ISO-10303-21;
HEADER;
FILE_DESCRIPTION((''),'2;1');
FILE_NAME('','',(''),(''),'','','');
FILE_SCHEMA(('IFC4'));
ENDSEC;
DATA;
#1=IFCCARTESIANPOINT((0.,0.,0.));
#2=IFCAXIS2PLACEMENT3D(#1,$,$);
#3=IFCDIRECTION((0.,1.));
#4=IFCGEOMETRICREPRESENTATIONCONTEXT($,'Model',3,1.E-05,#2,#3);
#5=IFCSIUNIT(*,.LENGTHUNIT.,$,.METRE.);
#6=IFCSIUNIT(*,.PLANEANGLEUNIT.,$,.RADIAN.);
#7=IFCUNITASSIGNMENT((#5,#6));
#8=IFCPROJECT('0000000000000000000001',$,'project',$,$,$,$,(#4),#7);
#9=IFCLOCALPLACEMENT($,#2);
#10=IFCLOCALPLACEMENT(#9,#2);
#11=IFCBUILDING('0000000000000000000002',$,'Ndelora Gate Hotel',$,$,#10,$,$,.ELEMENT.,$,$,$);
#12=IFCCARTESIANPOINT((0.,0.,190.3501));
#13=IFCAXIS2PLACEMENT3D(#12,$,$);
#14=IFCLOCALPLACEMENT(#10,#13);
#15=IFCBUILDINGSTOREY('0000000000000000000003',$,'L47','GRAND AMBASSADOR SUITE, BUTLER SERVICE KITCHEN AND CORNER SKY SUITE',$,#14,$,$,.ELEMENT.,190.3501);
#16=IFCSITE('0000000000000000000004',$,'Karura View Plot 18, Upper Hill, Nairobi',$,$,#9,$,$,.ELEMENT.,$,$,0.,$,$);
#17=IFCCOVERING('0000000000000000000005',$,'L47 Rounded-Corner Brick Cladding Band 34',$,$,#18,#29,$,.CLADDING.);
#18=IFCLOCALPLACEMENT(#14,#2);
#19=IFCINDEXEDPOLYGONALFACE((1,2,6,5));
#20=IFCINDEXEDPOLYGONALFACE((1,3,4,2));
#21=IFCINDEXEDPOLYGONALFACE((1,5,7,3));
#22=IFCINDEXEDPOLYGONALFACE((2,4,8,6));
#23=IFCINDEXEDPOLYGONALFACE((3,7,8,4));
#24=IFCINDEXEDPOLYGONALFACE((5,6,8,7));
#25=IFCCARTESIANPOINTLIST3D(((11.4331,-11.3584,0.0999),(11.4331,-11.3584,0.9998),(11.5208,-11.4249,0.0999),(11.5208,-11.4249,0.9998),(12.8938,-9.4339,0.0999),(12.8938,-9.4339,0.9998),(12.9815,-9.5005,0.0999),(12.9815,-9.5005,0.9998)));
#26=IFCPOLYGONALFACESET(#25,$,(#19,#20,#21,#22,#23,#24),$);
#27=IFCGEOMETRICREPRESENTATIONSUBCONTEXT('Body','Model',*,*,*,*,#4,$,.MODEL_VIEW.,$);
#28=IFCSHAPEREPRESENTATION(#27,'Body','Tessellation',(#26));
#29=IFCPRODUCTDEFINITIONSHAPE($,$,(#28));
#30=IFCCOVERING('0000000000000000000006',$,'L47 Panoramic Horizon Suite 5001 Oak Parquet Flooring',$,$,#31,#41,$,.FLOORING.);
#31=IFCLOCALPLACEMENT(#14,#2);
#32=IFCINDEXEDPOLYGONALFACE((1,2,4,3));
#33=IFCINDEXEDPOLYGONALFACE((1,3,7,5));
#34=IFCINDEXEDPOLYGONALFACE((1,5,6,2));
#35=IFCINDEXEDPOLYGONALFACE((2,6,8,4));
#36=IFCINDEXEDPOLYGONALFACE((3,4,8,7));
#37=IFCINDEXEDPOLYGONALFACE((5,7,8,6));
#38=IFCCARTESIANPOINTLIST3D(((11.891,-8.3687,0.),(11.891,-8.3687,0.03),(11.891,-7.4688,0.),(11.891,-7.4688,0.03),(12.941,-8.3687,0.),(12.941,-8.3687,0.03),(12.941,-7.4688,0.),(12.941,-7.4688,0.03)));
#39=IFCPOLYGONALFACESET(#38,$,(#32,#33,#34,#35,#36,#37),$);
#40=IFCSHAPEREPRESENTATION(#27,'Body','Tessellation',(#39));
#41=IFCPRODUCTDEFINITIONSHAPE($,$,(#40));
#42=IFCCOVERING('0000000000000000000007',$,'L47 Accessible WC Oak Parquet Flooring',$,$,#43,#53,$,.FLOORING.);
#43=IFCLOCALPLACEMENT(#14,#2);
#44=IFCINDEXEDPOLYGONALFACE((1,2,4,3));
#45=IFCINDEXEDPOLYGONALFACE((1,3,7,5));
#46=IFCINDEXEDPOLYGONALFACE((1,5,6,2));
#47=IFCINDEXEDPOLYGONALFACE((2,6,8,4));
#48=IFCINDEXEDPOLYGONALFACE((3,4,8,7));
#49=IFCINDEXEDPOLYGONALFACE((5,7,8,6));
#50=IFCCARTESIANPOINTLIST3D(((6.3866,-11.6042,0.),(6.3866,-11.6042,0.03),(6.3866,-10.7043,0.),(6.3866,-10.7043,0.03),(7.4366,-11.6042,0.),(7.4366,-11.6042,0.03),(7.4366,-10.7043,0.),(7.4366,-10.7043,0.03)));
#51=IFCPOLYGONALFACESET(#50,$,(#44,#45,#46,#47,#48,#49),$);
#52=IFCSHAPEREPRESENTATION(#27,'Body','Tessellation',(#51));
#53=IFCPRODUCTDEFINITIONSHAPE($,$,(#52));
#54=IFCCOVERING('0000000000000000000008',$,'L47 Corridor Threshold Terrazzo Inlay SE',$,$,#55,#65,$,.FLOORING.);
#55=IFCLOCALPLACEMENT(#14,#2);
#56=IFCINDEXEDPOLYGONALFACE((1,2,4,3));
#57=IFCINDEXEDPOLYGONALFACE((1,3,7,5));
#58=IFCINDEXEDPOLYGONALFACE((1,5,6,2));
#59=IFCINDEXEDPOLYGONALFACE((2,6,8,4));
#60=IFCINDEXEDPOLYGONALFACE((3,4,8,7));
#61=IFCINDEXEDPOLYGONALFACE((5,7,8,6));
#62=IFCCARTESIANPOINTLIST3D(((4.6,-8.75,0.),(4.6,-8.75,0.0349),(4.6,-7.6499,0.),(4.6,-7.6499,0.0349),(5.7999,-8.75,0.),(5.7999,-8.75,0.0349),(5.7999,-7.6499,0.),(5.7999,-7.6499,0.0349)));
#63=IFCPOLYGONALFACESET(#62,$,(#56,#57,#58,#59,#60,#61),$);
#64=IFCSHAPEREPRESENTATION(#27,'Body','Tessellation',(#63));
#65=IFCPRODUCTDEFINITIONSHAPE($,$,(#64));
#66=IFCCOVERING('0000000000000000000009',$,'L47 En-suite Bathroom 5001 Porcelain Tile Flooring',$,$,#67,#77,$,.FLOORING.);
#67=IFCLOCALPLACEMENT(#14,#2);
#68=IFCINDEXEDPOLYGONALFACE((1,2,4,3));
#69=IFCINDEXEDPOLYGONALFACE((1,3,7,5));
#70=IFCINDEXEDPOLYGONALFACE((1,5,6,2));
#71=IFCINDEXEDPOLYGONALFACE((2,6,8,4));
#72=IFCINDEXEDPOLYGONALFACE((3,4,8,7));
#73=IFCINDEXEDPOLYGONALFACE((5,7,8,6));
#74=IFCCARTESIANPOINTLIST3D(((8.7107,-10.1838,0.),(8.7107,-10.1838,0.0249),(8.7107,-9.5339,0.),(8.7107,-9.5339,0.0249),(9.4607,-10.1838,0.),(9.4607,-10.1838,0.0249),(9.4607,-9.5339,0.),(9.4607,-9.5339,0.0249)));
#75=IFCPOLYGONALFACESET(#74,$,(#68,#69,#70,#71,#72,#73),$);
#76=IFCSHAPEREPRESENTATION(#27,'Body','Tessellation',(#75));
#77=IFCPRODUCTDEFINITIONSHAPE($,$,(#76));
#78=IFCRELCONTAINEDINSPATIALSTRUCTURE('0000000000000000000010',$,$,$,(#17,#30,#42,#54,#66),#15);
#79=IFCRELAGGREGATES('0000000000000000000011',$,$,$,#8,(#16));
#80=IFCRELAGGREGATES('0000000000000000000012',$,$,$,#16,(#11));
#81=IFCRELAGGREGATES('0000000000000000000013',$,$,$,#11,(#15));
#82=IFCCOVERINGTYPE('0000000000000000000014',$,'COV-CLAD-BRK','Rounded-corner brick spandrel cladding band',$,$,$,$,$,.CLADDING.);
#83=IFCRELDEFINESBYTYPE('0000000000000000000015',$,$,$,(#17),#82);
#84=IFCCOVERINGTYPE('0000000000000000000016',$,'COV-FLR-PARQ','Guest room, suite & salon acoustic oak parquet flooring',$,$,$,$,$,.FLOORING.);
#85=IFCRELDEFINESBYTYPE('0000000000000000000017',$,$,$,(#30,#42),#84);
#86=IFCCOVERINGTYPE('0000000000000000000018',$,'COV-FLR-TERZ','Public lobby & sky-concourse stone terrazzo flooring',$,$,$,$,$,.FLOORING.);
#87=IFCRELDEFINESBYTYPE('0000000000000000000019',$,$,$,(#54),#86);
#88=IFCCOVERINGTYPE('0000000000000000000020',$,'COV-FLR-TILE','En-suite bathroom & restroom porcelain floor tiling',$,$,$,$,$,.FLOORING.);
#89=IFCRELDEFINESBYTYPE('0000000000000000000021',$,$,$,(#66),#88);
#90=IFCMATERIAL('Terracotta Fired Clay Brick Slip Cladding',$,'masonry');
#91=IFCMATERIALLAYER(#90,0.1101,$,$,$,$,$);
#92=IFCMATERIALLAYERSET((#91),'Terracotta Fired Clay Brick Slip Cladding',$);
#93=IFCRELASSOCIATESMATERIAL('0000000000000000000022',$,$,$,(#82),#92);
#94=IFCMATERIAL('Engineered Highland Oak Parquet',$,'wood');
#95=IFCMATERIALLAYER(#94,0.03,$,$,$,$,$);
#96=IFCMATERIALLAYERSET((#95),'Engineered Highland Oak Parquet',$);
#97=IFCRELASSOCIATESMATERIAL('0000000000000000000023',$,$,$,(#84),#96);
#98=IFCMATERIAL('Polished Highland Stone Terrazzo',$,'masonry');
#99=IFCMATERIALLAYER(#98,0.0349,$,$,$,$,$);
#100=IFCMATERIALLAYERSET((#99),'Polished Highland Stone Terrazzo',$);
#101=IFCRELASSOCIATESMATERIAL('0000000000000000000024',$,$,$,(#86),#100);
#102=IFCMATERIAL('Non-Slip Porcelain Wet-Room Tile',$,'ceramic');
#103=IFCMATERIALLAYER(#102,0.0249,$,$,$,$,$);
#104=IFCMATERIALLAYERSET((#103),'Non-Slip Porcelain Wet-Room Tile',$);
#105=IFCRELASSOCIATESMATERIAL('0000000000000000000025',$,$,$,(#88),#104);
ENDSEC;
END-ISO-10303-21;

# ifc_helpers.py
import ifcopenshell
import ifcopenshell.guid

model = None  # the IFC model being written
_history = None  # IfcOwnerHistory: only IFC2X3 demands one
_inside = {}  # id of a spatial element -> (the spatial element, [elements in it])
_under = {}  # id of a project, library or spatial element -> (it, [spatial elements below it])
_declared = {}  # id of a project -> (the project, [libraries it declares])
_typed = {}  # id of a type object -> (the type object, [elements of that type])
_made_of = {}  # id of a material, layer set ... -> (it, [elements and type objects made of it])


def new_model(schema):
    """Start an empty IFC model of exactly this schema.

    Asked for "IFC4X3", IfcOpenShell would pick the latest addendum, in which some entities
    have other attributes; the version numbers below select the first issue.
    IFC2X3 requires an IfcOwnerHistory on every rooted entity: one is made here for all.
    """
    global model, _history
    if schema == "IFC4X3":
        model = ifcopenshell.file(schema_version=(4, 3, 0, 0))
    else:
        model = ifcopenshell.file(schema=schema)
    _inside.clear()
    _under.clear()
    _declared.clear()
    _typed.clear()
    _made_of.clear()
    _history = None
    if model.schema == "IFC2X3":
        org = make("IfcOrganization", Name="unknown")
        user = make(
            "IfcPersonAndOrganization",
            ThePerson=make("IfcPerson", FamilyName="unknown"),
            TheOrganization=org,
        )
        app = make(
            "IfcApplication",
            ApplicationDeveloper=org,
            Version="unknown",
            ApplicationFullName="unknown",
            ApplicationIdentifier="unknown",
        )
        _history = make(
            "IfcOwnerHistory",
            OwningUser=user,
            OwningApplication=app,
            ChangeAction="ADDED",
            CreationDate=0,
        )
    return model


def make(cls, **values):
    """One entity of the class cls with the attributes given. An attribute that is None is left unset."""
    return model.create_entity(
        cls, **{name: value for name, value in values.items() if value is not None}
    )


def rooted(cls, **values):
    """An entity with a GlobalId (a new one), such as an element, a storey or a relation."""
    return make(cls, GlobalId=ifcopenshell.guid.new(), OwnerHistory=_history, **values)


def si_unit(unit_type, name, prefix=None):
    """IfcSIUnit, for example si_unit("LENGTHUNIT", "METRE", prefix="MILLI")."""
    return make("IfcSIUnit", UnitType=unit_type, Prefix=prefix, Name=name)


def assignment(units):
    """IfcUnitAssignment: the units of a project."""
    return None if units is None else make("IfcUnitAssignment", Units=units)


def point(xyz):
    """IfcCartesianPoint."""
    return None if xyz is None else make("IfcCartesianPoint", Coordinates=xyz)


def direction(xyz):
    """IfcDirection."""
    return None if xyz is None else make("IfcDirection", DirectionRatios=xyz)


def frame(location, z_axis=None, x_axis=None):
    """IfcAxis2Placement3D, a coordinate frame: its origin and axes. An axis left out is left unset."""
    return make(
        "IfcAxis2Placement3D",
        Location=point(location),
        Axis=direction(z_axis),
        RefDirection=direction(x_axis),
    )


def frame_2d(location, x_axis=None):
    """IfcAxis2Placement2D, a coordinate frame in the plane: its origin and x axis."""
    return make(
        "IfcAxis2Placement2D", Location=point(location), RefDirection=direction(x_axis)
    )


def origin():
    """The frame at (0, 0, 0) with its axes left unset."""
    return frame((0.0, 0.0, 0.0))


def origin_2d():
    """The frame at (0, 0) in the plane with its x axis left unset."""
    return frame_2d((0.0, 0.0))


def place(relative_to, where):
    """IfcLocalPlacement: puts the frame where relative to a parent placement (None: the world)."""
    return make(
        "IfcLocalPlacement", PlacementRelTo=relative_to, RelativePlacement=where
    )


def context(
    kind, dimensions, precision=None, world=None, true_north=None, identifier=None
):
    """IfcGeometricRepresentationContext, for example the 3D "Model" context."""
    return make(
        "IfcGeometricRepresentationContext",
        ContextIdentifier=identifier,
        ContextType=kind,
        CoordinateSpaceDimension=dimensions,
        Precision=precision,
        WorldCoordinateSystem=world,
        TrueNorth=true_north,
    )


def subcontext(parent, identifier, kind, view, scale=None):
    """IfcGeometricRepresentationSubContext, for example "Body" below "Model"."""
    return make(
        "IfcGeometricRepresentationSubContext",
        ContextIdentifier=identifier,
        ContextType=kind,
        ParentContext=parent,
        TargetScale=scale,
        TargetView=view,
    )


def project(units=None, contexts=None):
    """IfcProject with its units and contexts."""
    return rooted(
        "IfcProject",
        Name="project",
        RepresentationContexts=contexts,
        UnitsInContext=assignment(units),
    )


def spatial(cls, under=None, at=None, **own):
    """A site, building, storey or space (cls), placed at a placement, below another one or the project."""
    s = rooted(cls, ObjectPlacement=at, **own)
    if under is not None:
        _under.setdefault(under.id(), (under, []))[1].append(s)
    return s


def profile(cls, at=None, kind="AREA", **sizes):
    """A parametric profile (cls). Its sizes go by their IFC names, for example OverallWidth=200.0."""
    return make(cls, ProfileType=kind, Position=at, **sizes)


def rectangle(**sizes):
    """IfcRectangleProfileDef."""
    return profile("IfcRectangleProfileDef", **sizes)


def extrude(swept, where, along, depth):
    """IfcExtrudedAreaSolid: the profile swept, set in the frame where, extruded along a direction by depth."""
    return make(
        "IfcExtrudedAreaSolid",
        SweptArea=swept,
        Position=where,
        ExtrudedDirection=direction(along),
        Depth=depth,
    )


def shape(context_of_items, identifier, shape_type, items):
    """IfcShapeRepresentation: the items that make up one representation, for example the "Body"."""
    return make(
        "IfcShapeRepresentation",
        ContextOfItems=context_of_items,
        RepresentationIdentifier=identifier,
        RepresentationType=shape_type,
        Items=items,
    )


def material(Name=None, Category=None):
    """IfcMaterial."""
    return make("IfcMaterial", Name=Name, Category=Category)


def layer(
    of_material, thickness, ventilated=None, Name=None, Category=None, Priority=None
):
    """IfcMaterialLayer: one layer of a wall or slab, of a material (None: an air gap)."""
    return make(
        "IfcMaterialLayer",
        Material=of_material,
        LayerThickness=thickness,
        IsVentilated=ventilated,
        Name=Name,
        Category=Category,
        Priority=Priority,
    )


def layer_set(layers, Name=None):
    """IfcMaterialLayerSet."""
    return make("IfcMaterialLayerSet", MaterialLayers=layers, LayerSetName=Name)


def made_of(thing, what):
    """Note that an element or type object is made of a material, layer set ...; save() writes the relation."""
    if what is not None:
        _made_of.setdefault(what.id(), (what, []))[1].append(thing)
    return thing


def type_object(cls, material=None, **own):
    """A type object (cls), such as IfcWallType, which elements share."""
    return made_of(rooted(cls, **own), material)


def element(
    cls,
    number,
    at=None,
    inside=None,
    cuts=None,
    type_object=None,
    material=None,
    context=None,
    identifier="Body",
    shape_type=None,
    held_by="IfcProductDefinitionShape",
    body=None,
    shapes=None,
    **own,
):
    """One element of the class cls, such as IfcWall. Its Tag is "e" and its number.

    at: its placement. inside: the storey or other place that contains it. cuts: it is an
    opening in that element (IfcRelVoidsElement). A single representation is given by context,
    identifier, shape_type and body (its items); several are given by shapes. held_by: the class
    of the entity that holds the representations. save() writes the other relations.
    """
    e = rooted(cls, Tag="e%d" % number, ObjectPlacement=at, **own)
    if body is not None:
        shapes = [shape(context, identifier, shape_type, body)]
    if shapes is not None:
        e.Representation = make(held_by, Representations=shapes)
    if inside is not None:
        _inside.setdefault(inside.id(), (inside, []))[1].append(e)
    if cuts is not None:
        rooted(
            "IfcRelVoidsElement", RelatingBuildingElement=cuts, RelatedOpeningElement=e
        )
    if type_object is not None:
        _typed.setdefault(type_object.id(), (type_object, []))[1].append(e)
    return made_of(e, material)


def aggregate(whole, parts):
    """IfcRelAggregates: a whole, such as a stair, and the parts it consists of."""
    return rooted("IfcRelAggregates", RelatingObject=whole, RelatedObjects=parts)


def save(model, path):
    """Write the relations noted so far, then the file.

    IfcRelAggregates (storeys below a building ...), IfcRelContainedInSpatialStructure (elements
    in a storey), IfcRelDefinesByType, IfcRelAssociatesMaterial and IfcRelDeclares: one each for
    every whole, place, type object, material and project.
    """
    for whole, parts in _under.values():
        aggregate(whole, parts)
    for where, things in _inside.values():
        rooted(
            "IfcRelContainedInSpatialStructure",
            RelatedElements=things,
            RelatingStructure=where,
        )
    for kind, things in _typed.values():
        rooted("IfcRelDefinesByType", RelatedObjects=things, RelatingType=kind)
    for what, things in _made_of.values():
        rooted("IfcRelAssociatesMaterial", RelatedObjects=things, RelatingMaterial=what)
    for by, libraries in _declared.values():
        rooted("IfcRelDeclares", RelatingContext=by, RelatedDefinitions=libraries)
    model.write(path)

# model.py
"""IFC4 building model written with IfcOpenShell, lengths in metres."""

from ifc_helpers import new_model, si_unit, direction, frame, origin, origin_2d, place, context, subcontext, project, spatial, rectangle, extrude, material, layer, layer_set, type_object, element, save


model = new_model("IFC4")

# Units and contexts
model_context = context("Model", 3, precision=1e-05, world=origin(), true_north=direction((0.0, 1.0)))
body_context = subcontext(model_context, "Body", "Model", "MODEL_VIEW")
ifc_project = project(units=[si_unit("LENGTHUNIT", "METRE"), si_unit("PLANEANGLEUNIT", "RADIAN")], contexts=[model_context])

# Site, building, storey
site_placement = place(None, origin())
site = spatial("IfcSite", under=ifc_project, at=site_placement, Name="Karura View Plot 18, Upper Hill, Nairobi", CompositionType="ELEMENT", RefElevation=0.0)
building_placement = place(site_placement, origin())
building = spatial("IfcBuilding", under=site, at=building_placement, Name="Ndelora Gate Hotel", CompositionType="ELEMENT")
storey_placement = place(building_placement, frame((0.0, 0.0, 190.3501)))
storey = spatial("IfcBuildingStorey", under=building, at=storey_placement, Name="L47", Description="GRAND AMBASSADOR SUITE, BUTLER SERVICE KITCHEN AND CORNER SKY SUITE", CompositionType="ELEMENT", Elevation=190.3501)

# Coverings
ifc_material_1 = material(Name="Terracotta Fired Clay Brick Slip Cladding", Category="masonry")
ifc_layer_1 = layer(ifc_material_1, 0.1101)
ifc_layer_set_1 = layer_set([ifc_layer_1], Name="Terracotta Fired Clay Brick Slip Cladding")
covering_type_1 = type_object("IfcCoveringType", Name="COV-CLAD-BRK", Description="Rounded-corner brick spandrel cladding band", PredefinedType="CLADDING", material=ifc_layer_set_1)
covering_1_placement = place(storey_placement, frame((12.2073, -10.4294, 0.0999), z_axis=(0.0, 0.0, 1.0), x_axis=(0.604599, 0.79653, 0.0)))
element("IfcCovering", 1, at=covering_1_placement, inside=storey, type_object=covering_type_1, Name="L47 Rounded-Corner Brick Cladding Band 34", PredefinedType="CLADDING", context=body_context, shape_type="SweptSolid", body=[
    extrude(rectangle(XDim=2.416, YDim=0.1101, at=origin_2d()), origin(), (0.0, 0.0, 1.0), 0.8999),
])
ifc_material_2 = material(Name="Engineered Highland Oak Parquet", Category="wood")
ifc_layer_2 = layer(ifc_material_2, 0.03)
ifc_layer_set_2 = layer_set([ifc_layer_2], Name="Engineered Highland Oak Parquet")
covering_type_2 = type_object("IfcCoveringType", Name="COV-FLR-PARQ", Description="Guest room, suite & salon acoustic oak parquet flooring", PredefinedType="FLOORING", material=ifc_layer_set_2)
for number, where, z_axis, x_axis, name in (
    (2, (12.416, -7.9187, 0.0), (0.0, 0.0, 1.0), (1.0, 0.0, 0.0), "L47 Panoramic Horizon Suite 5001 Oak Parquet Flooring"),
    (3, (6.9116, -11.1543, 0.0), (0.0, 0.0, 1.0), (1.0, 0.0, 0.0), "L47 Accessible WC Oak Parquet Flooring"),
):
    element("IfcCovering", number, at=place(storey_placement, frame(where, z_axis=z_axis, x_axis=x_axis)), inside=storey, type_object=covering_type_2, Name=name, PredefinedType="FLOORING", context=body_context, shape_type="SweptSolid", body=[
        extrude(rectangle(XDim=1.05, YDim=0.8999, at=origin_2d()), origin(), (0.0, 0.0, 1.0), 0.03),
    ])
ifc_material_3 = material(Name="Polished Highland Stone Terrazzo", Category="masonry")
ifc_layer_3 = layer(ifc_material_3, 0.0349)
ifc_layer_set_3 = layer_set([ifc_layer_3], Name="Polished Highland Stone Terrazzo")
covering_type_3 = type_object("IfcCoveringType", Name="COV-FLR-TERZ", Description="Public lobby & sky-concourse stone terrazzo flooring", PredefinedType="FLOORING", material=ifc_layer_set_3)
covering_2_placement = place(storey_placement, frame((5.2, -8.2, 0.0), z_axis=(0.0, 0.0, 1.0), x_axis=(1.0, 0.0, 0.0)))
element("IfcCovering", 4, at=covering_2_placement, inside=storey, type_object=covering_type_3, Name="L47 Corridor Threshold Terrazzo Inlay SE", PredefinedType="FLOORING", context=body_context, shape_type="SweptSolid", body=[
    extrude(rectangle(XDim=1.2, YDim=1.1001, at=origin_2d()), origin(), (0.0, 0.0, 1.0), 0.0349),
])
ifc_material_4 = material(Name="Non-Slip Porcelain Wet-Room Tile", Category="ceramic")
ifc_layer_4 = layer(ifc_material_4, 0.0249)
ifc_layer_set_4 = layer_set([ifc_layer_4], Name="Non-Slip Porcelain Wet-Room Tile")
covering_type_4 = type_object("IfcCoveringType", Name="COV-FLR-TILE", Description="En-suite bathroom & restroom porcelain floor tiling", PredefinedType="FLOORING", material=ifc_layer_set_4)
covering_3_placement = place(storey_placement, frame((9.0857, -9.8589, 0.0), z_axis=(0.0, 0.0, 1.0), x_axis=(1.0, 0.0, 0.0)))
element("IfcCovering", 5, at=covering_3_placement, inside=storey, type_object=covering_type_4, Name="L47 En-suite Bathroom 5001 Porcelain Tile Flooring", PredefinedType="FLOORING", context=body_context, shape_type="SweptSolid", body=[
    extrude(rectangle(XDim=0.75, YDim=0.6499, at=origin_2d()), origin(), (0.0, 0.0, 1.0), 0.0249),
])

save(model, "model.ifc")
